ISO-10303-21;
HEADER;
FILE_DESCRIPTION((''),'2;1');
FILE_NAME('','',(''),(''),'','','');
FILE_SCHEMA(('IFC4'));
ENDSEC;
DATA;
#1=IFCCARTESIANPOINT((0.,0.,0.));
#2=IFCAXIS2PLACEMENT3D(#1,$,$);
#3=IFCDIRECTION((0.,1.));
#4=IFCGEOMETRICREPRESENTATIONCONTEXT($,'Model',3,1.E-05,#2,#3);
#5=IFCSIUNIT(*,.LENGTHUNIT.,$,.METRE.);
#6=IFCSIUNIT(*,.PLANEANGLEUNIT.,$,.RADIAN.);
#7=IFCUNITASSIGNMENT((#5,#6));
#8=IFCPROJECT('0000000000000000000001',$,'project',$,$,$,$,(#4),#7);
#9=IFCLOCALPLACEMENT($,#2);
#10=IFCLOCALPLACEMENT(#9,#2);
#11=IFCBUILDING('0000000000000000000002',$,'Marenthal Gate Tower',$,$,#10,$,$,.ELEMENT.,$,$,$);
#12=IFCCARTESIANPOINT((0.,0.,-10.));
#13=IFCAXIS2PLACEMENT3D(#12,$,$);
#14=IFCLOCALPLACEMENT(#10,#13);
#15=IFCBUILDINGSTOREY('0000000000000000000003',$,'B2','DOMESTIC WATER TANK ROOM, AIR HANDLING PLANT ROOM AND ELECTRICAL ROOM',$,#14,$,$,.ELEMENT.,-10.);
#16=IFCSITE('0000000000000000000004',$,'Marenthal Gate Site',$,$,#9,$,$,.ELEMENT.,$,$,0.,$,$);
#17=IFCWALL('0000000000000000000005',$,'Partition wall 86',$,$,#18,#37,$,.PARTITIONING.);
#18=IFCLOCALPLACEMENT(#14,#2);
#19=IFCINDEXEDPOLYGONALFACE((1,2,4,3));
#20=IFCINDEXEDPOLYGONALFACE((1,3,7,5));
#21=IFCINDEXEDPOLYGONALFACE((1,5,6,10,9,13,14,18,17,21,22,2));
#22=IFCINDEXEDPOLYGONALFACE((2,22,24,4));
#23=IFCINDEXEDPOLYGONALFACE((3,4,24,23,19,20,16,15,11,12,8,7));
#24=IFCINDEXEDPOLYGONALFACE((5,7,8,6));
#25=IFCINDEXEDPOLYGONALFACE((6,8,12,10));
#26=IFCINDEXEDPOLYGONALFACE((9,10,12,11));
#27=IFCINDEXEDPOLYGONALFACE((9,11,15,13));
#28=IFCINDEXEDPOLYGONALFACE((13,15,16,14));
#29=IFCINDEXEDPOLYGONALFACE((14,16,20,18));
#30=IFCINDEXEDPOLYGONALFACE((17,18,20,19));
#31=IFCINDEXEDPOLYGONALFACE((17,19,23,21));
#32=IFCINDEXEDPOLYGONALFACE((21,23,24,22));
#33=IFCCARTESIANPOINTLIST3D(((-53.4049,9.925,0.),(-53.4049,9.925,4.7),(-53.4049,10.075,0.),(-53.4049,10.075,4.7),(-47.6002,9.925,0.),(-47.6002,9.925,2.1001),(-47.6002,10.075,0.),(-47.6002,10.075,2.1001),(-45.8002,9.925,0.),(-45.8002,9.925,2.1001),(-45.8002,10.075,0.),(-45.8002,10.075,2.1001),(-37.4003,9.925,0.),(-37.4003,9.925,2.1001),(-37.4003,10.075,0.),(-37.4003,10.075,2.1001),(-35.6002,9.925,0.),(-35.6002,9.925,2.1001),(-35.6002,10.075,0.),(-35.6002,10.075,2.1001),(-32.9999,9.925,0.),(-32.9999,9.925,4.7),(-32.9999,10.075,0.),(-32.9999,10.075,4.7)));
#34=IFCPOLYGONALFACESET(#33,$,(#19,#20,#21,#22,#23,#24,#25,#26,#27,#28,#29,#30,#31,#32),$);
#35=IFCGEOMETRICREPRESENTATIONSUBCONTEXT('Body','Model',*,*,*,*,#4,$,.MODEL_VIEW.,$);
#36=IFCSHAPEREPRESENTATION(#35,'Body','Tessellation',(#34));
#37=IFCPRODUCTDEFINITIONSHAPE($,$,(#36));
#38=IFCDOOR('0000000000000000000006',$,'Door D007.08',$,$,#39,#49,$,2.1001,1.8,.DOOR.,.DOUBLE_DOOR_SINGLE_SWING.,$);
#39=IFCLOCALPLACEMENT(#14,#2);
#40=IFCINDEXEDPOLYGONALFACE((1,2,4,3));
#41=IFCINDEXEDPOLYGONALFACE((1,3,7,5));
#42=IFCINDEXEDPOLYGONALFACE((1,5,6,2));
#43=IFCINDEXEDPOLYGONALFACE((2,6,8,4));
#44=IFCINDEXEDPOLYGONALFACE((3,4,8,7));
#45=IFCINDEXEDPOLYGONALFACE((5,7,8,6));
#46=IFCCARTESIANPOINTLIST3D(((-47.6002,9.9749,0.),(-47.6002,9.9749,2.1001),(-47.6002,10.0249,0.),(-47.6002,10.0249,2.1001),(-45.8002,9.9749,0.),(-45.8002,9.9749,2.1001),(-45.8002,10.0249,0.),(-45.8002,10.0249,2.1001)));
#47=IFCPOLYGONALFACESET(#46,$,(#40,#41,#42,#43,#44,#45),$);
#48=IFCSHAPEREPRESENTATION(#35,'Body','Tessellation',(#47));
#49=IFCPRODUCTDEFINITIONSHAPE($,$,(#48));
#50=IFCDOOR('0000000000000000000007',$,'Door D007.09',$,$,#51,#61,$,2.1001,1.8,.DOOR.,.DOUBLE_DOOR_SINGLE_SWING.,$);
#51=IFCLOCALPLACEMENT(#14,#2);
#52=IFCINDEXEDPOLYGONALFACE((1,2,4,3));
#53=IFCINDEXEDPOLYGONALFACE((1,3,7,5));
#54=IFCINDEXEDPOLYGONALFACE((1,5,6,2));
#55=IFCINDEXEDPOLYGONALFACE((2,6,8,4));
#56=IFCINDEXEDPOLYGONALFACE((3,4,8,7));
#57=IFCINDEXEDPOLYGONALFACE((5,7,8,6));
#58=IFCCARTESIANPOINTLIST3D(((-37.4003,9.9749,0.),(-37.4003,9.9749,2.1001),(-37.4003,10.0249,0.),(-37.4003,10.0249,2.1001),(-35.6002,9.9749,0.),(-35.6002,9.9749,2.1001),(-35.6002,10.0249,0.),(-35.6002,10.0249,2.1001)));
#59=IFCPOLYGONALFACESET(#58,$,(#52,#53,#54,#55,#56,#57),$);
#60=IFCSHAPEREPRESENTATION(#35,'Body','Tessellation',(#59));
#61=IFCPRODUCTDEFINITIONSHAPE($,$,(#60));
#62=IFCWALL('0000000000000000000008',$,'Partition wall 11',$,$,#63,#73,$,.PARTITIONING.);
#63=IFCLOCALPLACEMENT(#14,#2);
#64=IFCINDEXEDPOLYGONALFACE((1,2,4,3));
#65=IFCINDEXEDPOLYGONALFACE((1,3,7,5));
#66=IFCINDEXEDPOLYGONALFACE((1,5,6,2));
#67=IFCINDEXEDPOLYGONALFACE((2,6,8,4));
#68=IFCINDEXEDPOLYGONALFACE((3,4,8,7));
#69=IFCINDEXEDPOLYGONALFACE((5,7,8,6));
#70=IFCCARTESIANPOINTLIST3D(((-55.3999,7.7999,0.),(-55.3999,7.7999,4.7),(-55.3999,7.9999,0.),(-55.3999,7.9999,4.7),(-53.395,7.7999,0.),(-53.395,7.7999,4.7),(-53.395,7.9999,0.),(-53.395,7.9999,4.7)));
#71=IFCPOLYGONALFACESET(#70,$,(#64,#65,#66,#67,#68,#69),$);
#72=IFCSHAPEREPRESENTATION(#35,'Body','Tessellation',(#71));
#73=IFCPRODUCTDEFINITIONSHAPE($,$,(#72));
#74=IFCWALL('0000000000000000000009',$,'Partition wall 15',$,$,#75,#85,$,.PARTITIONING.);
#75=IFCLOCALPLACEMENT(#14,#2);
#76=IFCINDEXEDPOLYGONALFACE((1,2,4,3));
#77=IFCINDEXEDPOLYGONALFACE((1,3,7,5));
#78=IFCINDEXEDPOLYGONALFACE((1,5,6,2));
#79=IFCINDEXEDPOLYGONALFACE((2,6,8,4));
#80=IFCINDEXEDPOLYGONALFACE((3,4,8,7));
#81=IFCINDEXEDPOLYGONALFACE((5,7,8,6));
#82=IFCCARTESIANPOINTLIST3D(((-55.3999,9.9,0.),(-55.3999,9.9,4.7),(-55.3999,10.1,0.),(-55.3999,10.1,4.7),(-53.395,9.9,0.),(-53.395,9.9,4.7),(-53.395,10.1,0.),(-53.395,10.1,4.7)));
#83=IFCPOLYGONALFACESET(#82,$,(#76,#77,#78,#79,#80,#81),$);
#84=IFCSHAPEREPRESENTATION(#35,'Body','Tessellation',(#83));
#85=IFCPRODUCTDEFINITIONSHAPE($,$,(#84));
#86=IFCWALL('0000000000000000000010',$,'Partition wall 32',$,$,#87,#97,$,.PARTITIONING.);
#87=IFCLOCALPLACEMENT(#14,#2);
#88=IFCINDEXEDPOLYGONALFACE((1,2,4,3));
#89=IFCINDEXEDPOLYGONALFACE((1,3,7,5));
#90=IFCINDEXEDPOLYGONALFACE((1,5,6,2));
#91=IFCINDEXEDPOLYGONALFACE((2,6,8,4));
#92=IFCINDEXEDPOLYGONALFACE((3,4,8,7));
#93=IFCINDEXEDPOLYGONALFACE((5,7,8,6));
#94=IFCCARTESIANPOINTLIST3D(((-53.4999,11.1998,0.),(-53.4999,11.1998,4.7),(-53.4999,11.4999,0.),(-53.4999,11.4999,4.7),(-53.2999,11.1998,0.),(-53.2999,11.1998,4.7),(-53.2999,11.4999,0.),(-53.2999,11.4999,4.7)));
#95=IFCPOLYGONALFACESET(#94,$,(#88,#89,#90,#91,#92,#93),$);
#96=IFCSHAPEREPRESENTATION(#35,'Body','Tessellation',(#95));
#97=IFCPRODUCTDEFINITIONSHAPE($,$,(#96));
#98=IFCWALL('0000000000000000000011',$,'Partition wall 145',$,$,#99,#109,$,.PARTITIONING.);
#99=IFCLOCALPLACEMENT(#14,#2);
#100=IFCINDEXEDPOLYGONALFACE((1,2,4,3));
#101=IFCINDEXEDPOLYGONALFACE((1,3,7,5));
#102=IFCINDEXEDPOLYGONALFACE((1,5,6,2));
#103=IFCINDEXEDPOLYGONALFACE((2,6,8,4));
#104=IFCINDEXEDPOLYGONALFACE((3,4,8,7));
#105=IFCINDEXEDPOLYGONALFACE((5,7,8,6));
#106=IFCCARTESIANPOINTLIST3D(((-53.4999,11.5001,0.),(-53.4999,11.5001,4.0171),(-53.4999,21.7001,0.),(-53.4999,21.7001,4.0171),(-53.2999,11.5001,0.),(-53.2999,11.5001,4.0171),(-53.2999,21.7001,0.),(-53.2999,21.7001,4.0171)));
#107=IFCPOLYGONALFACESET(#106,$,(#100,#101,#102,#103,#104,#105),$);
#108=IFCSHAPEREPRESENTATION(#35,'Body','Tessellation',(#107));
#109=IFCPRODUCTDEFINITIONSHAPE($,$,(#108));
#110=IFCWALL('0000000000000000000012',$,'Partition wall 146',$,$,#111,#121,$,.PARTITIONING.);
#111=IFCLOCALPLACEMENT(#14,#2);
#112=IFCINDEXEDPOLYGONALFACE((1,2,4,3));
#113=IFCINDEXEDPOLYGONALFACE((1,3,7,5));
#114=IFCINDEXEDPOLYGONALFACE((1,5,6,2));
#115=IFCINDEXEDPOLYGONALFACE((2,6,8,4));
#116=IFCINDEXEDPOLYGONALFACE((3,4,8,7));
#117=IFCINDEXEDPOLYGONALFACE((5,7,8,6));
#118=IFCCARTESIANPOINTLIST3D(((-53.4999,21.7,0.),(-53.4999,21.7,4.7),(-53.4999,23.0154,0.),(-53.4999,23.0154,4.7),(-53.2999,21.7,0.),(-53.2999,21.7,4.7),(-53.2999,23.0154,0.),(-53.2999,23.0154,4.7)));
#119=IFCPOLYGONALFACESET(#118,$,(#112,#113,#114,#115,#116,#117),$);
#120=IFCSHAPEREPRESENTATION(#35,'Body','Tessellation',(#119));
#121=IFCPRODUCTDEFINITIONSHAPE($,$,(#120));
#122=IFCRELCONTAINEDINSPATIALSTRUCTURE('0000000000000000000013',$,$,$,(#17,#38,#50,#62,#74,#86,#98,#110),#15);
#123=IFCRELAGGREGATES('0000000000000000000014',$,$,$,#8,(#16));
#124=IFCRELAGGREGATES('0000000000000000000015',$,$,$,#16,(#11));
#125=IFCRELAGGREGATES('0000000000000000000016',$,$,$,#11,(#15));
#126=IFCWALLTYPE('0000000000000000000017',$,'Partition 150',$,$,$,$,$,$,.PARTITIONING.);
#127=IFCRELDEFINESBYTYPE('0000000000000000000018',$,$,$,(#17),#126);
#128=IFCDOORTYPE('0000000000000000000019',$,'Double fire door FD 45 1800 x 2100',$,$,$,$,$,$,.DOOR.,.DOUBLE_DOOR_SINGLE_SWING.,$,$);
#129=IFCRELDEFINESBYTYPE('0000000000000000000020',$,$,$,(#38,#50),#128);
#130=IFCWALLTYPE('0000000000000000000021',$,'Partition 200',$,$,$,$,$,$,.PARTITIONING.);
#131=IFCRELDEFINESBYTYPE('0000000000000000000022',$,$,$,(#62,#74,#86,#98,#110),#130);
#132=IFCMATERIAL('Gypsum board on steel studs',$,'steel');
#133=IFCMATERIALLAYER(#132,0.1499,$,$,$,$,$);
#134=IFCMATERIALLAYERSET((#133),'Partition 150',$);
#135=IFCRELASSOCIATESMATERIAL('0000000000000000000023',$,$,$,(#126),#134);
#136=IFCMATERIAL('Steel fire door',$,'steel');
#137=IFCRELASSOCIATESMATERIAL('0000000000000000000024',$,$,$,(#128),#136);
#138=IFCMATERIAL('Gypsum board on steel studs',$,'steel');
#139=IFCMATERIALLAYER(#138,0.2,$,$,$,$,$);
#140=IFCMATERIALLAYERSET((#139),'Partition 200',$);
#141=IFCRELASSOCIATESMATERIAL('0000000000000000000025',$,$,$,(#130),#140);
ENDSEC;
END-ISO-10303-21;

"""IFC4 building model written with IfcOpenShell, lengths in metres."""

from ifc_helpers import new_model, si_unit, direction, frame, frame_2d, origin, place, context, subcontext, project, spatial, rectangle, extrude, material, layer, layer_set, type_object, element, fill, save


model = new_model("IFC4")

# Units and contexts
model_context = context("Model", 3, precision=1e-05, world=origin(), true_north=direction((0.0, 1.0)))
body_context = subcontext(model_context, "Body", "Model", "MODEL_VIEW")
ifc_project = project(units=[si_unit("LENGTHUNIT", "METRE"), si_unit("PLANEANGLEUNIT", "RADIAN")], contexts=[model_context])

# Site, building, storey
site_placement = place(None, origin())
site = spatial("IfcSite", under=ifc_project, at=site_placement, Name="Marenthal Gate Site", CompositionType="ELEMENT", RefElevation=0.0)
building_placement = place(site_placement, origin())
building = spatial("IfcBuilding", under=site, at=building_placement, Name="Marenthal Gate Tower", CompositionType="ELEMENT")
storey_placement = place(building_placement, frame((0.0, 0.0, -10.0)))
storey = spatial("IfcBuildingStorey", under=building, at=storey_placement, Name="B2", Description="DOMESTIC WATER TANK ROOM, AIR HANDLING PLANT ROOM AND ELECTRICAL ROOM", CompositionType="ELEMENT", Elevation=-10.0)

# Shared definitions
ifc_material_1 = material(Name="Gypsum board on steel studs", Category="steel")
ifc_layer_1 = layer(ifc_material_1, 0.1499)
ifc_layer_set_1 = layer_set([ifc_layer_1], Name="Partition 150")
wall_type_1 = type_object("IfcWallType", Name="Partition 150", PredefinedType="PARTITIONING", material=ifc_layer_set_1)
ifc_material_2 = material(Name="Steel fire door", Category="steel")
door_type = type_object("IfcDoorType", Name="Double fire door FD 45 1800 x 2100", OperationType="DOUBLE_DOOR_SINGLE_SWING", PredefinedType="DOOR", material=ifc_material_2)

# Wall, openings, doors
wall_1_placement = place(storey_placement, frame((-53.405, 10.0, 0.0), z_axis=(0.0, 0.0, 1.0), x_axis=(1.0, 0.0, 0.0)))
wall_1 = element("IfcWall", 1, at=wall_1_placement, inside=storey, type_object=wall_type_1, Name="Partition wall 86", PredefinedType="PARTITIONING", context=body_context, shape_type="SweptSolid", body=[
    extrude(rectangle(XDim=20.405, YDim=0.1499, at=frame_2d((10.2026, 0.0))), origin(), (0.0, 0.0, 1.0), 4.7),
])
opening_1_placement = place(wall_1_placement, frame((5.8049, 0.0, 0.0)))
opening_1 = element("IfcOpeningElement", 2, at=opening_1_placement, cuts=wall_1, PredefinedType="OPENING", context=body_context, shape_type="SweptSolid", body=[
    extrude(rectangle(XDim=1.8, YDim=2.1001, at=frame_2d((0.8999, 1.05))), frame((0.0, 0.085, 0.0), z_axis=(0.0, -1.0, 0.0), x_axis=(1.0, 0.0, 0.0)), (0.0, 0.0, 1.0), 0.1699),
])
opening_2_placement = place(wall_1_placement, frame((16.0049, 0.0, 0.0)))
opening_2 = element("IfcOpeningElement", 3, at=opening_2_placement, cuts=wall_1, PredefinedType="OPENING", context=body_context, shape_type="SweptSolid", body=[
    extrude(rectangle(XDim=1.8, YDim=2.1001, at=frame_2d((0.8999, 1.05))), frame((0.0, 0.085, 0.0), z_axis=(0.0, -1.0, 0.0), x_axis=(1.0, 0.0, 0.0)), (0.0, 0.0, 1.0), 0.1699),
])
door_1_placement = place(opening_1_placement, origin())
door_1 = element("IfcDoor", 4, at=door_1_placement, inside=storey, type_object=door_type, Name="Door D007.08", OperationType="DOUBLE_DOOR_SINGLE_SWING", OverallHeight=2.1001, OverallWidth=1.8, PredefinedType="DOOR", context=body_context, shape_type="SweptSolid", body=[
    extrude(rectangle(XDim=1.8, YDim=2.1001, at=frame_2d((0.8999, 1.05))), frame((0.0, 0.0249, 0.0), z_axis=(0.0, -1.0, 0.0), x_axis=(1.0, 0.0, 0.0)), (0.0, 0.0, 1.0), 0.05),
])
fill(opening_1, door_1)
door_2_placement = place(opening_2_placement, origin())
door_2 = element("IfcDoor", 5, at=door_2_placement, inside=storey, type_object=door_type, Name="Door D007.09", OperationType="DOUBLE_DOOR_SINGLE_SWING", OverallHeight=2.1001, OverallWidth=1.8, PredefinedType="DOOR", context=body_context, shape_type="SweptSolid", body=[
    extrude(rectangle(XDim=1.8, YDim=2.1001, at=frame_2d((0.8999, 1.05))), frame((0.0, 0.0249, 0.0), z_axis=(0.0, -1.0, 0.0), x_axis=(1.0, 0.0, 0.0)), (0.0, 0.0, 1.0), 0.05),
])
fill(opening_2, door_2)

# Walls
ifc_material_3 = material(Name="Gypsum board on steel studs", Category="steel")
ifc_layer_2 = layer(ifc_material_3, 0.2)
ifc_layer_set_2 = layer_set([ifc_layer_2], Name="Partition 200")
wall_type_2 = type_object("IfcWallType", Name="Partition 200", PredefinedType="PARTITIONING", material=ifc_layer_set_2)
for number, where, z_axis, x_axis, name in (
    (6, (-55.3999, 7.8999, 0.0), (0.0, 0.0, 1.0), (1.0, 0.0, 0.0), "Partition wall 11"),
    (7, (-55.3999, 10.0, 0.0), (0.0, 0.0, 1.0), (1.0, 0.0, 0.0), "Partition wall 15"),
):
    element("IfcWall", number, at=place(storey_placement, frame(where, z_axis=z_axis, x_axis=x_axis)), inside=storey, type_object=wall_type_2, Name=name, PredefinedType="PARTITIONING", context=body_context, shape_type="SweptSolid", body=[
        extrude(rectangle(XDim=2.0049, YDim=0.2, at=frame_2d((1.0024, 0.0))), origin(), (0.0, 0.0, 1.0), 4.7),
    ])
wall_2_placement = place(storey_placement, frame((-53.3999, 11.2, 0.0), z_axis=(0.0, 0.0, 1.0), x_axis=(0.0, 1.0, 0.0)))
element("IfcWall", 8, at=wall_2_placement, inside=storey, type_object=wall_type_2, Name="Partition wall 32", PredefinedType="PARTITIONING", context=body_context, shape_type="SweptSolid", body=[
    extrude(rectangle(XDim=0.3, YDim=0.2, at=frame_2d((0.1499, 0.0))), origin(), (0.0, 0.0, 1.0), 4.7),
])
wall_3_placement = place(storey_placement, frame((-53.3999, 11.5, 0.0), z_axis=(0.0, 0.0, 1.0), x_axis=(0.0, 1.0, 0.0)))
element("IfcWall", 9, at=wall_3_placement, inside=storey, type_object=wall_type_2, Name="Partition wall 145", PredefinedType="PARTITIONING", context=body_context, shape_type="SweptSolid", body=[
    extrude(rectangle(XDim=10.2, YDim=0.2, at=frame_2d((5.1001, 0.0))), origin(), (0.0, 0.0, 1.0), 4.0171),
])
wall_4_placement = place(storey_placement, frame((-53.3999, 21.7, 0.0), z_axis=(0.0, 0.0, 1.0), x_axis=(0.0, 1.0, 0.0)))
element("IfcWall", 10, at=wall_4_placement, inside=storey, type_object=wall_type_2, Name="Partition wall 146", PredefinedType="PARTITIONING", context=body_context, shape_type="SweptSolid", body=[
    extrude(rectangle(XDim=1.3154, YDim=0.2, at=frame_2d((0.6577, 0.0))), origin(), (0.0, 0.0, 1.0), 4.7),
])

save(model, "model.ifc")
